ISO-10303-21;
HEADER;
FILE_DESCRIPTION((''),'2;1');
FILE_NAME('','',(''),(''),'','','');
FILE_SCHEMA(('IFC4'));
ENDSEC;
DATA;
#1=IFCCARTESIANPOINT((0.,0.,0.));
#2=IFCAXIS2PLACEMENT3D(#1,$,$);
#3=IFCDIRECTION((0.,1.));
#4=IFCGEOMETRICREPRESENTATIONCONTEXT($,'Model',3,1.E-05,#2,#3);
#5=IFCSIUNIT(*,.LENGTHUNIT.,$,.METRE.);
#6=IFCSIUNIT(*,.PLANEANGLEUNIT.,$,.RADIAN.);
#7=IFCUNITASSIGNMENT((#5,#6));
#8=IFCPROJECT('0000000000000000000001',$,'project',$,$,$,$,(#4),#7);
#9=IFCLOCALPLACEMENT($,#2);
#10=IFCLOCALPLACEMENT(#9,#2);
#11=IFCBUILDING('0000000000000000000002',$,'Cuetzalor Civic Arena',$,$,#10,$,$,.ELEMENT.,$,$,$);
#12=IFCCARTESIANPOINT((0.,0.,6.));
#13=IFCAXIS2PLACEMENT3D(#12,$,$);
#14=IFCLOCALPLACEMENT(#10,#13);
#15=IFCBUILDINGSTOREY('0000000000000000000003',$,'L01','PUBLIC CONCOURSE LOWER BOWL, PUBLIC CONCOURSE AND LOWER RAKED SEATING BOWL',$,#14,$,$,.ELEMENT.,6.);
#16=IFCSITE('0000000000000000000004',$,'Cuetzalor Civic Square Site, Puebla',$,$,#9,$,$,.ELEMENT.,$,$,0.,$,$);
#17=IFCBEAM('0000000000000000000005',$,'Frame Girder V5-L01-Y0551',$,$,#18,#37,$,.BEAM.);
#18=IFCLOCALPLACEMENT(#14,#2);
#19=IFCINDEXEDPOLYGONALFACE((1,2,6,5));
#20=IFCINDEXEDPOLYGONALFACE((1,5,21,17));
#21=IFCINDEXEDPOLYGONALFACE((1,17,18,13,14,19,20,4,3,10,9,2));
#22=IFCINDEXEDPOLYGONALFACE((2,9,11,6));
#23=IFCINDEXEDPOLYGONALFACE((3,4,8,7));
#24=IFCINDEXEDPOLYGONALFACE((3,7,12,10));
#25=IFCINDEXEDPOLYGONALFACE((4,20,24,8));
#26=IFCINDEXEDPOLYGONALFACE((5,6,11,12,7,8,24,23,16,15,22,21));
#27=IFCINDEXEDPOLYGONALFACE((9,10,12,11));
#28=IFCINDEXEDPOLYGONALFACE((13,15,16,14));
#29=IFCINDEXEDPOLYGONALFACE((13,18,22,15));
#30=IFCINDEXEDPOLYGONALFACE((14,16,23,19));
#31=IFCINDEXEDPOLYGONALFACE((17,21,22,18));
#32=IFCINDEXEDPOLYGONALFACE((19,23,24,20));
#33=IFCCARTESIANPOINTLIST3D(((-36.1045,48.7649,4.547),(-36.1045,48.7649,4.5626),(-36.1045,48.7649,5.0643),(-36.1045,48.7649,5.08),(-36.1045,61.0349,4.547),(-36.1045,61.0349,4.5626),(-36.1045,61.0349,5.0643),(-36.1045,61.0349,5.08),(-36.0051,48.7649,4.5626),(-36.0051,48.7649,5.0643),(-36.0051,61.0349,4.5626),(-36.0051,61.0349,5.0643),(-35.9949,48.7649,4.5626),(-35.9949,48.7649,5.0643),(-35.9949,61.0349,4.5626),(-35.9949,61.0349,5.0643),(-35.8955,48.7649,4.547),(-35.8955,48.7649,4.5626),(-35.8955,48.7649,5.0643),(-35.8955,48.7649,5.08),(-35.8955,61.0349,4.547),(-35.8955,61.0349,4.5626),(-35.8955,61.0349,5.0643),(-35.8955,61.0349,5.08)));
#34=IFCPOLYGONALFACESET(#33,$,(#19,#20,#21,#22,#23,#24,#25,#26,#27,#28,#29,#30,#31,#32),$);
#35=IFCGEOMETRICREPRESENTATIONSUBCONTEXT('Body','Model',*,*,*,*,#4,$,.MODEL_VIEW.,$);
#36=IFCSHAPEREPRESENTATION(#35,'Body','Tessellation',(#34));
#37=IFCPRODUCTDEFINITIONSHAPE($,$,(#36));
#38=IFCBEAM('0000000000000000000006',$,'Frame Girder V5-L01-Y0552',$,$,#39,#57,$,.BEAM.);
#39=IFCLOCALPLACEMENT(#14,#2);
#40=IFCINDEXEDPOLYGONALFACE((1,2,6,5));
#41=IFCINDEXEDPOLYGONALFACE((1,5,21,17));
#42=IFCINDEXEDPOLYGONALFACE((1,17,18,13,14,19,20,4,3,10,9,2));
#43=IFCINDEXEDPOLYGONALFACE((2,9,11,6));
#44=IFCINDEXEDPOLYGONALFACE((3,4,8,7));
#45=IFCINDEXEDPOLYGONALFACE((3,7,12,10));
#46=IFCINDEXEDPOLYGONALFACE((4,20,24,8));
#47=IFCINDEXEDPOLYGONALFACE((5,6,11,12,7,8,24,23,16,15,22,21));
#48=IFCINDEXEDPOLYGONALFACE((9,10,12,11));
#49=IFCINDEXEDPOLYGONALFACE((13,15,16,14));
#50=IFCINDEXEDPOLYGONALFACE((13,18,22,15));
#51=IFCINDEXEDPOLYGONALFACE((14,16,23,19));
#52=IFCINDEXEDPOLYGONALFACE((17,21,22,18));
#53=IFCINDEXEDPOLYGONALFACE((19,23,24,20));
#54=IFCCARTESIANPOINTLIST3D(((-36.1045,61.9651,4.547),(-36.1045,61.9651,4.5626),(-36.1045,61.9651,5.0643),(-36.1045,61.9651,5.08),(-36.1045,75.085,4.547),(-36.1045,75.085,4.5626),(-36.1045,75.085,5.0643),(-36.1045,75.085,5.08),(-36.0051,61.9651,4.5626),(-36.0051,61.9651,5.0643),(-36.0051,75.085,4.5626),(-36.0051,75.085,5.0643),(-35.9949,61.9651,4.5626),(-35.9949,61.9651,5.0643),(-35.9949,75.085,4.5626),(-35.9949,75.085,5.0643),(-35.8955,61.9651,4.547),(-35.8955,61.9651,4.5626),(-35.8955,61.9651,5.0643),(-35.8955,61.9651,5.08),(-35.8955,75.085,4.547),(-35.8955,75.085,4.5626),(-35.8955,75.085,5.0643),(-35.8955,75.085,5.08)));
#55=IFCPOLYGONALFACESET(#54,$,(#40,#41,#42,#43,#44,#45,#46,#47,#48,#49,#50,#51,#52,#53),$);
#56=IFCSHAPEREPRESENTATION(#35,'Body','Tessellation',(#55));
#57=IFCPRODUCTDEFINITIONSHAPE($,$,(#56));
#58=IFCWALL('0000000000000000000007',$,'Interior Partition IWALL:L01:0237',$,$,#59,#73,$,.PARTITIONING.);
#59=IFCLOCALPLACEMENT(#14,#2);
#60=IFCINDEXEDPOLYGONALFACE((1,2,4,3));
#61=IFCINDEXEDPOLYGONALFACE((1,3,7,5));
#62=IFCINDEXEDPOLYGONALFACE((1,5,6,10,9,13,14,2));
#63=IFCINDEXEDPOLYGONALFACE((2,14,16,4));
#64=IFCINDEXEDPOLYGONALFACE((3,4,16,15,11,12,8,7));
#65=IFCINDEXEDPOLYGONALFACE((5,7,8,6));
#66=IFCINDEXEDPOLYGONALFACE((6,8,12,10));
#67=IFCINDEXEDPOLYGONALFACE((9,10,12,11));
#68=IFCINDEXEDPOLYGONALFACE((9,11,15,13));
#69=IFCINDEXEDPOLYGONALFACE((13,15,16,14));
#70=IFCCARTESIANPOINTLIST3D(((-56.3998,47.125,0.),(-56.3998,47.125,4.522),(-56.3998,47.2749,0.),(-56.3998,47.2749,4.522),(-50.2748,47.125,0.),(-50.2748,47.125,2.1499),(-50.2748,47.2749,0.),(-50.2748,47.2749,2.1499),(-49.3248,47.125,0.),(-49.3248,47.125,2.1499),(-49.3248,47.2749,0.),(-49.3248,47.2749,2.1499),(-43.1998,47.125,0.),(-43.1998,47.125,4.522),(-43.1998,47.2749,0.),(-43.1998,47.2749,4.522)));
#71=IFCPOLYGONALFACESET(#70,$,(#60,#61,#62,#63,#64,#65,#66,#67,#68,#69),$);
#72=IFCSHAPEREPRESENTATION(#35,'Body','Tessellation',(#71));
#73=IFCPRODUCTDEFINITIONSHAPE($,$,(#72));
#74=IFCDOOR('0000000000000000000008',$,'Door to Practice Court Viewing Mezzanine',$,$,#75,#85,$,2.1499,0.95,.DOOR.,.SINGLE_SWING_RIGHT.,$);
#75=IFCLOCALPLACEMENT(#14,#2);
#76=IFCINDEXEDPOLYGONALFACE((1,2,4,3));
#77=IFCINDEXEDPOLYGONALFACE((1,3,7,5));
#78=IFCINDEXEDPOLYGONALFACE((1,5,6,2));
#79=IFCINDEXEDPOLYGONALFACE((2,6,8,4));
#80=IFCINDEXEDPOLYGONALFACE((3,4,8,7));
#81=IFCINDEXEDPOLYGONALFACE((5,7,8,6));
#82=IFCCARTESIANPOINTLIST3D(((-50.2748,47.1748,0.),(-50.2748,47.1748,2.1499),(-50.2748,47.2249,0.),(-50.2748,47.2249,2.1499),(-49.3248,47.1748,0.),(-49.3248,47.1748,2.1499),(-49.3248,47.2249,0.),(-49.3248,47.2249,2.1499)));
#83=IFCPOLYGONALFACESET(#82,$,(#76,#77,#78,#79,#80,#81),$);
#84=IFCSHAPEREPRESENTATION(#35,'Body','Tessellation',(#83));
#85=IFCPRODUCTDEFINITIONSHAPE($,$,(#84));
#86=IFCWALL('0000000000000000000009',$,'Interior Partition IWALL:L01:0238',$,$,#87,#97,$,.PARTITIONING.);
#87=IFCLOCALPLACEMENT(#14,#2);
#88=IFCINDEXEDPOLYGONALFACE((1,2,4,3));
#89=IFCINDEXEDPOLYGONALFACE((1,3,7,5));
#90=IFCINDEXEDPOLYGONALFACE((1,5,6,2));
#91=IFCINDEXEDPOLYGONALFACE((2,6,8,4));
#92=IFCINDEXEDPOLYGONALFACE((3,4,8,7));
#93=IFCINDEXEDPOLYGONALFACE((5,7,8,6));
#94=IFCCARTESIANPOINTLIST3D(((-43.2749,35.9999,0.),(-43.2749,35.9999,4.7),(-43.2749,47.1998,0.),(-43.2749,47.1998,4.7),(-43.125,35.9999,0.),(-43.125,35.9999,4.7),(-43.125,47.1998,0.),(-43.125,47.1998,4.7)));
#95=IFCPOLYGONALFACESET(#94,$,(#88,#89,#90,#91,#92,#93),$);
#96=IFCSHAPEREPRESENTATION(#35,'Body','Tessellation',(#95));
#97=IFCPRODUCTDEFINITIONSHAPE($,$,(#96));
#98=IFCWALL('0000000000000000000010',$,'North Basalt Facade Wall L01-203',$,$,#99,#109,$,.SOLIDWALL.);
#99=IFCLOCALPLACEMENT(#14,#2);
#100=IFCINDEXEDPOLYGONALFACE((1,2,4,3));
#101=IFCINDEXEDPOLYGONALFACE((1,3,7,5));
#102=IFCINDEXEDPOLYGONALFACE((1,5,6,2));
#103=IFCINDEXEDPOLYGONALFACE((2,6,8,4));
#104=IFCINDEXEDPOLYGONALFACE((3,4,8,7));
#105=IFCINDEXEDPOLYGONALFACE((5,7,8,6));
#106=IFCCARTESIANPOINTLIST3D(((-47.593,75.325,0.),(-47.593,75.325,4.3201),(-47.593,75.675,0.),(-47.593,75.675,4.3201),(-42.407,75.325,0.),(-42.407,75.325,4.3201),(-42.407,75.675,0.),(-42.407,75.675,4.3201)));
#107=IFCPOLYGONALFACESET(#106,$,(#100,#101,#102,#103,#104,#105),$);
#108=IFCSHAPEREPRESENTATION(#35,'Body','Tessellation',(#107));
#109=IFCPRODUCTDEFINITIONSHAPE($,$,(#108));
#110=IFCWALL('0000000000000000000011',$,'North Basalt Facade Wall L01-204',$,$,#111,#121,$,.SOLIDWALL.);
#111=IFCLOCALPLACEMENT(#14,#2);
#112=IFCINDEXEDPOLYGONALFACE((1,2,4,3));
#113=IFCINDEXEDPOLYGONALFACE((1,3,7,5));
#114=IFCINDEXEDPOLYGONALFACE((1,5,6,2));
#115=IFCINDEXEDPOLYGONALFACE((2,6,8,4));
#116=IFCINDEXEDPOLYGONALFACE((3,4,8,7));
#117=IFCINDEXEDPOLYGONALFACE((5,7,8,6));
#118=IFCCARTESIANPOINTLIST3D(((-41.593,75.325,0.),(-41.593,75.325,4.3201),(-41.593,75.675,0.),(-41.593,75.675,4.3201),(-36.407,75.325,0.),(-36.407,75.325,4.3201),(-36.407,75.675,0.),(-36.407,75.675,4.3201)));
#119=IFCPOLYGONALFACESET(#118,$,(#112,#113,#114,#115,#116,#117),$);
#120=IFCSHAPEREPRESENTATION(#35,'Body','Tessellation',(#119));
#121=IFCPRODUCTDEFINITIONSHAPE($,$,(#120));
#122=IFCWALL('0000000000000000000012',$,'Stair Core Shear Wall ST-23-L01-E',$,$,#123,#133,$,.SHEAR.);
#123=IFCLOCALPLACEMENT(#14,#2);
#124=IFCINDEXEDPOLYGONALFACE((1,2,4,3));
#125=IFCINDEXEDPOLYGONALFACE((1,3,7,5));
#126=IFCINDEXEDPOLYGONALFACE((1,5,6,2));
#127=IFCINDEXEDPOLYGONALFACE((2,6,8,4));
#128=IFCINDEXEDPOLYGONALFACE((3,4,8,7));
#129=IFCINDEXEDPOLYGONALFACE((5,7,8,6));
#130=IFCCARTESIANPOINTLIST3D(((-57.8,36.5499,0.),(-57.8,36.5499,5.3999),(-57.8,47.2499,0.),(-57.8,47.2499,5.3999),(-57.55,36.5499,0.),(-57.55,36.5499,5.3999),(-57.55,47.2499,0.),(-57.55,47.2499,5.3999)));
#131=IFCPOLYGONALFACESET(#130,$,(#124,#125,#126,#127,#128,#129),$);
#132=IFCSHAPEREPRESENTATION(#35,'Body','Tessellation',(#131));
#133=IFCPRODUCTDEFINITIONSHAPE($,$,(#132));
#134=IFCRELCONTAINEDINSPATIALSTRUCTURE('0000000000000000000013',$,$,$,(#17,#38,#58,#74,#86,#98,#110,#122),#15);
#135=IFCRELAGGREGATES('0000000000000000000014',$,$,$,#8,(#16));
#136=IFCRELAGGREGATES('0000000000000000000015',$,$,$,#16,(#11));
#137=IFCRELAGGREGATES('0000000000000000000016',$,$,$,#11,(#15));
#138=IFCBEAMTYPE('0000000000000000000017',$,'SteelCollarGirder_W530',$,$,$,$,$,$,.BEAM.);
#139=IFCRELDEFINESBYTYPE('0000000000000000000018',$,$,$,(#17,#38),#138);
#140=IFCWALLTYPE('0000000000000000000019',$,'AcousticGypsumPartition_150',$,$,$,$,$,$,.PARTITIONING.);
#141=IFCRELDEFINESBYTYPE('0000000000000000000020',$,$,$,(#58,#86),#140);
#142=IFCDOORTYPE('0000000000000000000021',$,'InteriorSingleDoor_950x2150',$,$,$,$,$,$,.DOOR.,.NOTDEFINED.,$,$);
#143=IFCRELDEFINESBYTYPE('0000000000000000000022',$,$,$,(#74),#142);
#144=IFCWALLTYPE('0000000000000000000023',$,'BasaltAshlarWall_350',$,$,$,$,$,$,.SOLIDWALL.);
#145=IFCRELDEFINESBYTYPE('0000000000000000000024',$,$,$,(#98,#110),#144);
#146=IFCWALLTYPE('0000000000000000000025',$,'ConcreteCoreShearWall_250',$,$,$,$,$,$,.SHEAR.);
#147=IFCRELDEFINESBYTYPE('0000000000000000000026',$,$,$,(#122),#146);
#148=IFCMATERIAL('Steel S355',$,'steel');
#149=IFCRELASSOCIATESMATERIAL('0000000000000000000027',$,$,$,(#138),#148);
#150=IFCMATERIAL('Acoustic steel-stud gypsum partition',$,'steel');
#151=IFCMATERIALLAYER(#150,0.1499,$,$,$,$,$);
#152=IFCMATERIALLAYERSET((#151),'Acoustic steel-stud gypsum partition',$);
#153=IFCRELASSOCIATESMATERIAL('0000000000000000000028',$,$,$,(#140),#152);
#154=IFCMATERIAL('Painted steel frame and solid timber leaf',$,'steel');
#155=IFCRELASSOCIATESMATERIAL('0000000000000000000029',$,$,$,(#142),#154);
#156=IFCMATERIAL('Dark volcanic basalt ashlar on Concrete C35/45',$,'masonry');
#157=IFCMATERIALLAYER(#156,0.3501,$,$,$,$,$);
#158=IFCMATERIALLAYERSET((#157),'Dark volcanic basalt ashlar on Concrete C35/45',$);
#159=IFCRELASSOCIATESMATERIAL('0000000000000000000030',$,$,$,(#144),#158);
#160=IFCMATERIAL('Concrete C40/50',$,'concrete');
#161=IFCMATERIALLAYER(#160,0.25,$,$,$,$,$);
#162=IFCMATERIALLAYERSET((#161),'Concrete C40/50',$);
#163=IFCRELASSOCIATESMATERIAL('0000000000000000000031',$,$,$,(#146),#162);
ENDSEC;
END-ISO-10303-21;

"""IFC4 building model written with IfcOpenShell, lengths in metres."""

from ifc_helpers import new_model, si_unit, direction, frame, frame_2d, origin, origin_2d, place, context, subcontext, project, spatial, rectangle, i_section, extrude, material, layer, layer_set, material_profile, profile_set, type_object, element, fill, save


model = new_model("IFC4")

# Units and contexts
model_context = context("Model", 3, precision=1e-05, world=origin(), true_north=direction((0.0, 1.0)))
body_context = subcontext(model_context, "Body", "Model", "MODEL_VIEW")
ifc_project = project(units=[si_unit("LENGTHUNIT", "METRE"), si_unit("PLANEANGLEUNIT", "RADIAN")], contexts=[model_context])

# Site, building, storey
site_placement = place(None, origin())
site = spatial("IfcSite", under=ifc_project, at=site_placement, Name="Cuetzalor Civic Square Site, Puebla", CompositionType="ELEMENT", RefElevation=0.0)
building_placement = place(site_placement, origin())
building = spatial("IfcBuilding", under=site, at=building_placement, Name="Cuetzalor Civic Arena", CompositionType="ELEMENT")
storey_placement = place(building_placement, frame((0.0, 0.0, 6.0)))
storey = spatial("IfcBuildingStorey", under=building, at=storey_placement, Name="L01", Description="PUBLIC CONCOURSE LOWER BOWL, PUBLIC CONCOURSE AND LOWER RAKED SEATING BOWL", CompositionType="ELEMENT", Elevation=6.0)

# Beams
ifc_material_1 = material(Name="Steel S355", Category="steel")
ifc_material_profile_1 = material_profile(ifc_material_1, i_section(OverallWidth=0.209, OverallDepth=0.533, WebThickness=0.0103, FlangeThickness=0.0156, at=origin_2d()), Name="W530x92")
ifc_profile_set_1 = profile_set([ifc_material_profile_1], Name="Steel S355")
beam_type_1 = type_object("IfcBeamType", Name="SteelCollarGirder_W530", PredefinedType="BEAM", material=ifc_profile_set_1)
beam_1_placement = place(storey_placement, frame((-36.0, 48.7649, 4.8135), z_axis=(0.0, 1.0, 0.0), x_axis=(-1.0, 0.0, 0.0)))
element("IfcBeam", 1, at=beam_1_placement, inside=storey, type_object=beam_type_1, Name="Frame Girder V5-L01-Y0551", PredefinedType="BEAM", context=body_context, shape_type="SweptSolid", body=[
    extrude(i_section(OverallWidth=0.209, OverallDepth=0.533, WebThickness=0.0103, FlangeThickness=0.0156, at=origin_2d()), origin(), (0.0, 0.0, 1.0), 12.27),
])
beam_2_placement = place(storey_placement, frame((-36.0, 61.9651, 4.8135), z_axis=(0.0, 1.0, 0.0), x_axis=(-1.0, 0.0, 0.0)))
element("IfcBeam", 2, at=beam_2_placement, inside=storey, type_object=beam_type_1, Name="Frame Girder V5-L01-Y0552", PredefinedType="BEAM", context=body_context, shape_type="SweptSolid", body=[
    extrude(i_section(OverallWidth=0.209, OverallDepth=0.533, WebThickness=0.0103, FlangeThickness=0.0156, at=origin_2d()), origin(), (0.0, 0.0, 1.0), 13.1199),
])

# Wall, opening, door
ifc_material_2 = material(Name="Acoustic steel-stud gypsum partition", Category="steel")
ifc_layer_1 = layer(ifc_material_2, 0.1499)
ifc_layer_set_1 = layer_set([ifc_layer_1], Name="Acoustic steel-stud gypsum partition")
wall_type_1 = type_object("IfcWallType", Name="AcousticGypsumPartition_150", PredefinedType="PARTITIONING", material=ifc_layer_set_1)
wall_1_placement = place(storey_placement, frame((-56.3999, 47.2, 0.0), z_axis=(0.0, 0.0, 1.0), x_axis=(1.0, 0.0, 0.0)))
wall_1 = element("IfcWall", 3, at=wall_1_placement, inside=storey, type_object=wall_type_1, Name="Interior Partition IWALL:L01:0237", PredefinedType="PARTITIONING", context=body_context, shape_type="SweptSolid", body=[
    extrude(rectangle(XDim=13.2, YDim=0.1499, at=frame_2d((6.6001, 0.0))), origin(), (0.0, 0.0, 1.0), 4.522),
])
opening_placement = place(wall_1_placement, frame((6.125, 0.0, 0.0)))
opening = element("IfcOpeningElement", 4, at=opening_placement, cuts=wall_1, PredefinedType="OPENING", context=body_context, shape_type="SweptSolid", body=[
    extrude(rectangle(XDim=0.95, YDim=2.1499, at=frame_2d((0.4751, 1.075))), frame((0.0, 0.085, 0.0), z_axis=(0.0, -1.0, 0.0), x_axis=(1.0, 0.0, 0.0)), (0.0, 0.0, 1.0), 0.1699),
])
ifc_material_3 = material(Name="Painted steel frame and solid timber leaf", Category="steel")
door_type = type_object("IfcDoorType", Name="InteriorSingleDoor_950x2150", OperationType="NOTDEFINED", PredefinedType="DOOR", material=ifc_material_3)
door_placement = place(opening_placement, origin())
door = element("IfcDoor", 5, at=door_placement, inside=storey, type_object=door_type, Name="Door to Practice Court Viewing Mezzanine", OperationType="SINGLE_SWING_RIGHT", OverallHeight=2.1499, OverallWidth=0.95, PredefinedType="DOOR", context=body_context, shape_type="SweptSolid", body=[
    extrude(rectangle(XDim=0.95, YDim=2.1499, at=frame_2d((0.4751, 1.075))), frame((0.0, 0.0249, 0.0), z_axis=(0.0, -1.0, 0.0), x_axis=(1.0, 0.0, 0.0)), (0.0, 0.0, 1.0), 0.05),
])
fill(opening, door)

# Walls
wall_2_placement = place(storey_placement, frame((-43.2, 47.2, 0.0), z_axis=(0.0, 0.0, 1.0), x_axis=(0.0, -1.0, 0.0)))
element("IfcWall", 6, at=wall_2_placement, inside=storey, type_object=wall_type_1, Name="Interior Partition IWALL:L01:0238", PredefinedType="PARTITIONING", context=body_context, shape_type="SweptSolid", body=[
    extrude(rectangle(XDim=11.2, YDim=0.1499, at=frame_2d((5.6001, 0.0))), origin(), (0.0, 0.0, 1.0), 4.7),
])
ifc_material_4 = material(Name="Dark volcanic basalt ashlar on Concrete C35/45", Category="masonry")
ifc_layer_2 = layer(ifc_material_4, 0.3501)
ifc_layer_set_2 = layer_set([ifc_layer_2], Name="Dark volcanic basalt ashlar on Concrete C35/45")
wall_type_2 = type_object("IfcWallType", Name="BasaltAshlarWall_350", PredefinedType="SOLIDWALL", material=ifc_layer_set_2)
for number, where, z_axis, x_axis, name in (
    (7, (-47.593, 75.5, 0.0), (0.0, 0.0, 1.0), (1.0, 0.0, 0.0), "North Basalt Facade Wall L01-203"),
    (8, (-41.593, 75.5, 0.0), (0.0, 0.0, 1.0), (1.0, 0.0, 0.0), "North Basalt Facade Wall L01-204"),
):
    element("IfcWall", number, at=place(storey_placement, frame(where, z_axis=z_axis, x_axis=x_axis)), inside=storey, type_object=wall_type_2, Name=name, PredefinedType="SOLIDWALL", context=body_context, shape_type="SweptSolid", body=[
        extrude(rectangle(XDim=5.186, YDim=0.3501, at=frame_2d((2.593, 0.0))), origin(), (0.0, 0.0, 1.0), 4.3201),
    ])
ifc_material_5 = material(Name="Concrete C40/50", Category="concrete")
ifc_layer_3 = layer(ifc_material_5, 0.25)
ifc_layer_set_3 = layer_set([ifc_layer_3], Name="Concrete C40/50")
wall_type_3 = type_object("IfcWallType", Name="ConcreteCoreShearWall_250", PredefinedType="SHEAR", material=ifc_layer_set_3)
wall_3_placement = place(storey_placement, frame((-57.675, 47.25, 0.0), z_axis=(0.0, 0.0, 1.0), x_axis=(0.0, -1.0, 0.0)))
element("IfcWall", 9, at=wall_3_placement, inside=storey, type_object=wall_type_3, Name="Stair Core Shear Wall ST-23-L01-E", PredefinedType="SHEAR", context=body_context, shape_type="SweptSolid", body=[
    extrude(rectangle(XDim=10.7, YDim=0.25, at=frame_2d((5.3501, 0.0))), origin(), (0.0, 0.0, 1.0), 5.3999),
])

save(model, "model.ifc")
